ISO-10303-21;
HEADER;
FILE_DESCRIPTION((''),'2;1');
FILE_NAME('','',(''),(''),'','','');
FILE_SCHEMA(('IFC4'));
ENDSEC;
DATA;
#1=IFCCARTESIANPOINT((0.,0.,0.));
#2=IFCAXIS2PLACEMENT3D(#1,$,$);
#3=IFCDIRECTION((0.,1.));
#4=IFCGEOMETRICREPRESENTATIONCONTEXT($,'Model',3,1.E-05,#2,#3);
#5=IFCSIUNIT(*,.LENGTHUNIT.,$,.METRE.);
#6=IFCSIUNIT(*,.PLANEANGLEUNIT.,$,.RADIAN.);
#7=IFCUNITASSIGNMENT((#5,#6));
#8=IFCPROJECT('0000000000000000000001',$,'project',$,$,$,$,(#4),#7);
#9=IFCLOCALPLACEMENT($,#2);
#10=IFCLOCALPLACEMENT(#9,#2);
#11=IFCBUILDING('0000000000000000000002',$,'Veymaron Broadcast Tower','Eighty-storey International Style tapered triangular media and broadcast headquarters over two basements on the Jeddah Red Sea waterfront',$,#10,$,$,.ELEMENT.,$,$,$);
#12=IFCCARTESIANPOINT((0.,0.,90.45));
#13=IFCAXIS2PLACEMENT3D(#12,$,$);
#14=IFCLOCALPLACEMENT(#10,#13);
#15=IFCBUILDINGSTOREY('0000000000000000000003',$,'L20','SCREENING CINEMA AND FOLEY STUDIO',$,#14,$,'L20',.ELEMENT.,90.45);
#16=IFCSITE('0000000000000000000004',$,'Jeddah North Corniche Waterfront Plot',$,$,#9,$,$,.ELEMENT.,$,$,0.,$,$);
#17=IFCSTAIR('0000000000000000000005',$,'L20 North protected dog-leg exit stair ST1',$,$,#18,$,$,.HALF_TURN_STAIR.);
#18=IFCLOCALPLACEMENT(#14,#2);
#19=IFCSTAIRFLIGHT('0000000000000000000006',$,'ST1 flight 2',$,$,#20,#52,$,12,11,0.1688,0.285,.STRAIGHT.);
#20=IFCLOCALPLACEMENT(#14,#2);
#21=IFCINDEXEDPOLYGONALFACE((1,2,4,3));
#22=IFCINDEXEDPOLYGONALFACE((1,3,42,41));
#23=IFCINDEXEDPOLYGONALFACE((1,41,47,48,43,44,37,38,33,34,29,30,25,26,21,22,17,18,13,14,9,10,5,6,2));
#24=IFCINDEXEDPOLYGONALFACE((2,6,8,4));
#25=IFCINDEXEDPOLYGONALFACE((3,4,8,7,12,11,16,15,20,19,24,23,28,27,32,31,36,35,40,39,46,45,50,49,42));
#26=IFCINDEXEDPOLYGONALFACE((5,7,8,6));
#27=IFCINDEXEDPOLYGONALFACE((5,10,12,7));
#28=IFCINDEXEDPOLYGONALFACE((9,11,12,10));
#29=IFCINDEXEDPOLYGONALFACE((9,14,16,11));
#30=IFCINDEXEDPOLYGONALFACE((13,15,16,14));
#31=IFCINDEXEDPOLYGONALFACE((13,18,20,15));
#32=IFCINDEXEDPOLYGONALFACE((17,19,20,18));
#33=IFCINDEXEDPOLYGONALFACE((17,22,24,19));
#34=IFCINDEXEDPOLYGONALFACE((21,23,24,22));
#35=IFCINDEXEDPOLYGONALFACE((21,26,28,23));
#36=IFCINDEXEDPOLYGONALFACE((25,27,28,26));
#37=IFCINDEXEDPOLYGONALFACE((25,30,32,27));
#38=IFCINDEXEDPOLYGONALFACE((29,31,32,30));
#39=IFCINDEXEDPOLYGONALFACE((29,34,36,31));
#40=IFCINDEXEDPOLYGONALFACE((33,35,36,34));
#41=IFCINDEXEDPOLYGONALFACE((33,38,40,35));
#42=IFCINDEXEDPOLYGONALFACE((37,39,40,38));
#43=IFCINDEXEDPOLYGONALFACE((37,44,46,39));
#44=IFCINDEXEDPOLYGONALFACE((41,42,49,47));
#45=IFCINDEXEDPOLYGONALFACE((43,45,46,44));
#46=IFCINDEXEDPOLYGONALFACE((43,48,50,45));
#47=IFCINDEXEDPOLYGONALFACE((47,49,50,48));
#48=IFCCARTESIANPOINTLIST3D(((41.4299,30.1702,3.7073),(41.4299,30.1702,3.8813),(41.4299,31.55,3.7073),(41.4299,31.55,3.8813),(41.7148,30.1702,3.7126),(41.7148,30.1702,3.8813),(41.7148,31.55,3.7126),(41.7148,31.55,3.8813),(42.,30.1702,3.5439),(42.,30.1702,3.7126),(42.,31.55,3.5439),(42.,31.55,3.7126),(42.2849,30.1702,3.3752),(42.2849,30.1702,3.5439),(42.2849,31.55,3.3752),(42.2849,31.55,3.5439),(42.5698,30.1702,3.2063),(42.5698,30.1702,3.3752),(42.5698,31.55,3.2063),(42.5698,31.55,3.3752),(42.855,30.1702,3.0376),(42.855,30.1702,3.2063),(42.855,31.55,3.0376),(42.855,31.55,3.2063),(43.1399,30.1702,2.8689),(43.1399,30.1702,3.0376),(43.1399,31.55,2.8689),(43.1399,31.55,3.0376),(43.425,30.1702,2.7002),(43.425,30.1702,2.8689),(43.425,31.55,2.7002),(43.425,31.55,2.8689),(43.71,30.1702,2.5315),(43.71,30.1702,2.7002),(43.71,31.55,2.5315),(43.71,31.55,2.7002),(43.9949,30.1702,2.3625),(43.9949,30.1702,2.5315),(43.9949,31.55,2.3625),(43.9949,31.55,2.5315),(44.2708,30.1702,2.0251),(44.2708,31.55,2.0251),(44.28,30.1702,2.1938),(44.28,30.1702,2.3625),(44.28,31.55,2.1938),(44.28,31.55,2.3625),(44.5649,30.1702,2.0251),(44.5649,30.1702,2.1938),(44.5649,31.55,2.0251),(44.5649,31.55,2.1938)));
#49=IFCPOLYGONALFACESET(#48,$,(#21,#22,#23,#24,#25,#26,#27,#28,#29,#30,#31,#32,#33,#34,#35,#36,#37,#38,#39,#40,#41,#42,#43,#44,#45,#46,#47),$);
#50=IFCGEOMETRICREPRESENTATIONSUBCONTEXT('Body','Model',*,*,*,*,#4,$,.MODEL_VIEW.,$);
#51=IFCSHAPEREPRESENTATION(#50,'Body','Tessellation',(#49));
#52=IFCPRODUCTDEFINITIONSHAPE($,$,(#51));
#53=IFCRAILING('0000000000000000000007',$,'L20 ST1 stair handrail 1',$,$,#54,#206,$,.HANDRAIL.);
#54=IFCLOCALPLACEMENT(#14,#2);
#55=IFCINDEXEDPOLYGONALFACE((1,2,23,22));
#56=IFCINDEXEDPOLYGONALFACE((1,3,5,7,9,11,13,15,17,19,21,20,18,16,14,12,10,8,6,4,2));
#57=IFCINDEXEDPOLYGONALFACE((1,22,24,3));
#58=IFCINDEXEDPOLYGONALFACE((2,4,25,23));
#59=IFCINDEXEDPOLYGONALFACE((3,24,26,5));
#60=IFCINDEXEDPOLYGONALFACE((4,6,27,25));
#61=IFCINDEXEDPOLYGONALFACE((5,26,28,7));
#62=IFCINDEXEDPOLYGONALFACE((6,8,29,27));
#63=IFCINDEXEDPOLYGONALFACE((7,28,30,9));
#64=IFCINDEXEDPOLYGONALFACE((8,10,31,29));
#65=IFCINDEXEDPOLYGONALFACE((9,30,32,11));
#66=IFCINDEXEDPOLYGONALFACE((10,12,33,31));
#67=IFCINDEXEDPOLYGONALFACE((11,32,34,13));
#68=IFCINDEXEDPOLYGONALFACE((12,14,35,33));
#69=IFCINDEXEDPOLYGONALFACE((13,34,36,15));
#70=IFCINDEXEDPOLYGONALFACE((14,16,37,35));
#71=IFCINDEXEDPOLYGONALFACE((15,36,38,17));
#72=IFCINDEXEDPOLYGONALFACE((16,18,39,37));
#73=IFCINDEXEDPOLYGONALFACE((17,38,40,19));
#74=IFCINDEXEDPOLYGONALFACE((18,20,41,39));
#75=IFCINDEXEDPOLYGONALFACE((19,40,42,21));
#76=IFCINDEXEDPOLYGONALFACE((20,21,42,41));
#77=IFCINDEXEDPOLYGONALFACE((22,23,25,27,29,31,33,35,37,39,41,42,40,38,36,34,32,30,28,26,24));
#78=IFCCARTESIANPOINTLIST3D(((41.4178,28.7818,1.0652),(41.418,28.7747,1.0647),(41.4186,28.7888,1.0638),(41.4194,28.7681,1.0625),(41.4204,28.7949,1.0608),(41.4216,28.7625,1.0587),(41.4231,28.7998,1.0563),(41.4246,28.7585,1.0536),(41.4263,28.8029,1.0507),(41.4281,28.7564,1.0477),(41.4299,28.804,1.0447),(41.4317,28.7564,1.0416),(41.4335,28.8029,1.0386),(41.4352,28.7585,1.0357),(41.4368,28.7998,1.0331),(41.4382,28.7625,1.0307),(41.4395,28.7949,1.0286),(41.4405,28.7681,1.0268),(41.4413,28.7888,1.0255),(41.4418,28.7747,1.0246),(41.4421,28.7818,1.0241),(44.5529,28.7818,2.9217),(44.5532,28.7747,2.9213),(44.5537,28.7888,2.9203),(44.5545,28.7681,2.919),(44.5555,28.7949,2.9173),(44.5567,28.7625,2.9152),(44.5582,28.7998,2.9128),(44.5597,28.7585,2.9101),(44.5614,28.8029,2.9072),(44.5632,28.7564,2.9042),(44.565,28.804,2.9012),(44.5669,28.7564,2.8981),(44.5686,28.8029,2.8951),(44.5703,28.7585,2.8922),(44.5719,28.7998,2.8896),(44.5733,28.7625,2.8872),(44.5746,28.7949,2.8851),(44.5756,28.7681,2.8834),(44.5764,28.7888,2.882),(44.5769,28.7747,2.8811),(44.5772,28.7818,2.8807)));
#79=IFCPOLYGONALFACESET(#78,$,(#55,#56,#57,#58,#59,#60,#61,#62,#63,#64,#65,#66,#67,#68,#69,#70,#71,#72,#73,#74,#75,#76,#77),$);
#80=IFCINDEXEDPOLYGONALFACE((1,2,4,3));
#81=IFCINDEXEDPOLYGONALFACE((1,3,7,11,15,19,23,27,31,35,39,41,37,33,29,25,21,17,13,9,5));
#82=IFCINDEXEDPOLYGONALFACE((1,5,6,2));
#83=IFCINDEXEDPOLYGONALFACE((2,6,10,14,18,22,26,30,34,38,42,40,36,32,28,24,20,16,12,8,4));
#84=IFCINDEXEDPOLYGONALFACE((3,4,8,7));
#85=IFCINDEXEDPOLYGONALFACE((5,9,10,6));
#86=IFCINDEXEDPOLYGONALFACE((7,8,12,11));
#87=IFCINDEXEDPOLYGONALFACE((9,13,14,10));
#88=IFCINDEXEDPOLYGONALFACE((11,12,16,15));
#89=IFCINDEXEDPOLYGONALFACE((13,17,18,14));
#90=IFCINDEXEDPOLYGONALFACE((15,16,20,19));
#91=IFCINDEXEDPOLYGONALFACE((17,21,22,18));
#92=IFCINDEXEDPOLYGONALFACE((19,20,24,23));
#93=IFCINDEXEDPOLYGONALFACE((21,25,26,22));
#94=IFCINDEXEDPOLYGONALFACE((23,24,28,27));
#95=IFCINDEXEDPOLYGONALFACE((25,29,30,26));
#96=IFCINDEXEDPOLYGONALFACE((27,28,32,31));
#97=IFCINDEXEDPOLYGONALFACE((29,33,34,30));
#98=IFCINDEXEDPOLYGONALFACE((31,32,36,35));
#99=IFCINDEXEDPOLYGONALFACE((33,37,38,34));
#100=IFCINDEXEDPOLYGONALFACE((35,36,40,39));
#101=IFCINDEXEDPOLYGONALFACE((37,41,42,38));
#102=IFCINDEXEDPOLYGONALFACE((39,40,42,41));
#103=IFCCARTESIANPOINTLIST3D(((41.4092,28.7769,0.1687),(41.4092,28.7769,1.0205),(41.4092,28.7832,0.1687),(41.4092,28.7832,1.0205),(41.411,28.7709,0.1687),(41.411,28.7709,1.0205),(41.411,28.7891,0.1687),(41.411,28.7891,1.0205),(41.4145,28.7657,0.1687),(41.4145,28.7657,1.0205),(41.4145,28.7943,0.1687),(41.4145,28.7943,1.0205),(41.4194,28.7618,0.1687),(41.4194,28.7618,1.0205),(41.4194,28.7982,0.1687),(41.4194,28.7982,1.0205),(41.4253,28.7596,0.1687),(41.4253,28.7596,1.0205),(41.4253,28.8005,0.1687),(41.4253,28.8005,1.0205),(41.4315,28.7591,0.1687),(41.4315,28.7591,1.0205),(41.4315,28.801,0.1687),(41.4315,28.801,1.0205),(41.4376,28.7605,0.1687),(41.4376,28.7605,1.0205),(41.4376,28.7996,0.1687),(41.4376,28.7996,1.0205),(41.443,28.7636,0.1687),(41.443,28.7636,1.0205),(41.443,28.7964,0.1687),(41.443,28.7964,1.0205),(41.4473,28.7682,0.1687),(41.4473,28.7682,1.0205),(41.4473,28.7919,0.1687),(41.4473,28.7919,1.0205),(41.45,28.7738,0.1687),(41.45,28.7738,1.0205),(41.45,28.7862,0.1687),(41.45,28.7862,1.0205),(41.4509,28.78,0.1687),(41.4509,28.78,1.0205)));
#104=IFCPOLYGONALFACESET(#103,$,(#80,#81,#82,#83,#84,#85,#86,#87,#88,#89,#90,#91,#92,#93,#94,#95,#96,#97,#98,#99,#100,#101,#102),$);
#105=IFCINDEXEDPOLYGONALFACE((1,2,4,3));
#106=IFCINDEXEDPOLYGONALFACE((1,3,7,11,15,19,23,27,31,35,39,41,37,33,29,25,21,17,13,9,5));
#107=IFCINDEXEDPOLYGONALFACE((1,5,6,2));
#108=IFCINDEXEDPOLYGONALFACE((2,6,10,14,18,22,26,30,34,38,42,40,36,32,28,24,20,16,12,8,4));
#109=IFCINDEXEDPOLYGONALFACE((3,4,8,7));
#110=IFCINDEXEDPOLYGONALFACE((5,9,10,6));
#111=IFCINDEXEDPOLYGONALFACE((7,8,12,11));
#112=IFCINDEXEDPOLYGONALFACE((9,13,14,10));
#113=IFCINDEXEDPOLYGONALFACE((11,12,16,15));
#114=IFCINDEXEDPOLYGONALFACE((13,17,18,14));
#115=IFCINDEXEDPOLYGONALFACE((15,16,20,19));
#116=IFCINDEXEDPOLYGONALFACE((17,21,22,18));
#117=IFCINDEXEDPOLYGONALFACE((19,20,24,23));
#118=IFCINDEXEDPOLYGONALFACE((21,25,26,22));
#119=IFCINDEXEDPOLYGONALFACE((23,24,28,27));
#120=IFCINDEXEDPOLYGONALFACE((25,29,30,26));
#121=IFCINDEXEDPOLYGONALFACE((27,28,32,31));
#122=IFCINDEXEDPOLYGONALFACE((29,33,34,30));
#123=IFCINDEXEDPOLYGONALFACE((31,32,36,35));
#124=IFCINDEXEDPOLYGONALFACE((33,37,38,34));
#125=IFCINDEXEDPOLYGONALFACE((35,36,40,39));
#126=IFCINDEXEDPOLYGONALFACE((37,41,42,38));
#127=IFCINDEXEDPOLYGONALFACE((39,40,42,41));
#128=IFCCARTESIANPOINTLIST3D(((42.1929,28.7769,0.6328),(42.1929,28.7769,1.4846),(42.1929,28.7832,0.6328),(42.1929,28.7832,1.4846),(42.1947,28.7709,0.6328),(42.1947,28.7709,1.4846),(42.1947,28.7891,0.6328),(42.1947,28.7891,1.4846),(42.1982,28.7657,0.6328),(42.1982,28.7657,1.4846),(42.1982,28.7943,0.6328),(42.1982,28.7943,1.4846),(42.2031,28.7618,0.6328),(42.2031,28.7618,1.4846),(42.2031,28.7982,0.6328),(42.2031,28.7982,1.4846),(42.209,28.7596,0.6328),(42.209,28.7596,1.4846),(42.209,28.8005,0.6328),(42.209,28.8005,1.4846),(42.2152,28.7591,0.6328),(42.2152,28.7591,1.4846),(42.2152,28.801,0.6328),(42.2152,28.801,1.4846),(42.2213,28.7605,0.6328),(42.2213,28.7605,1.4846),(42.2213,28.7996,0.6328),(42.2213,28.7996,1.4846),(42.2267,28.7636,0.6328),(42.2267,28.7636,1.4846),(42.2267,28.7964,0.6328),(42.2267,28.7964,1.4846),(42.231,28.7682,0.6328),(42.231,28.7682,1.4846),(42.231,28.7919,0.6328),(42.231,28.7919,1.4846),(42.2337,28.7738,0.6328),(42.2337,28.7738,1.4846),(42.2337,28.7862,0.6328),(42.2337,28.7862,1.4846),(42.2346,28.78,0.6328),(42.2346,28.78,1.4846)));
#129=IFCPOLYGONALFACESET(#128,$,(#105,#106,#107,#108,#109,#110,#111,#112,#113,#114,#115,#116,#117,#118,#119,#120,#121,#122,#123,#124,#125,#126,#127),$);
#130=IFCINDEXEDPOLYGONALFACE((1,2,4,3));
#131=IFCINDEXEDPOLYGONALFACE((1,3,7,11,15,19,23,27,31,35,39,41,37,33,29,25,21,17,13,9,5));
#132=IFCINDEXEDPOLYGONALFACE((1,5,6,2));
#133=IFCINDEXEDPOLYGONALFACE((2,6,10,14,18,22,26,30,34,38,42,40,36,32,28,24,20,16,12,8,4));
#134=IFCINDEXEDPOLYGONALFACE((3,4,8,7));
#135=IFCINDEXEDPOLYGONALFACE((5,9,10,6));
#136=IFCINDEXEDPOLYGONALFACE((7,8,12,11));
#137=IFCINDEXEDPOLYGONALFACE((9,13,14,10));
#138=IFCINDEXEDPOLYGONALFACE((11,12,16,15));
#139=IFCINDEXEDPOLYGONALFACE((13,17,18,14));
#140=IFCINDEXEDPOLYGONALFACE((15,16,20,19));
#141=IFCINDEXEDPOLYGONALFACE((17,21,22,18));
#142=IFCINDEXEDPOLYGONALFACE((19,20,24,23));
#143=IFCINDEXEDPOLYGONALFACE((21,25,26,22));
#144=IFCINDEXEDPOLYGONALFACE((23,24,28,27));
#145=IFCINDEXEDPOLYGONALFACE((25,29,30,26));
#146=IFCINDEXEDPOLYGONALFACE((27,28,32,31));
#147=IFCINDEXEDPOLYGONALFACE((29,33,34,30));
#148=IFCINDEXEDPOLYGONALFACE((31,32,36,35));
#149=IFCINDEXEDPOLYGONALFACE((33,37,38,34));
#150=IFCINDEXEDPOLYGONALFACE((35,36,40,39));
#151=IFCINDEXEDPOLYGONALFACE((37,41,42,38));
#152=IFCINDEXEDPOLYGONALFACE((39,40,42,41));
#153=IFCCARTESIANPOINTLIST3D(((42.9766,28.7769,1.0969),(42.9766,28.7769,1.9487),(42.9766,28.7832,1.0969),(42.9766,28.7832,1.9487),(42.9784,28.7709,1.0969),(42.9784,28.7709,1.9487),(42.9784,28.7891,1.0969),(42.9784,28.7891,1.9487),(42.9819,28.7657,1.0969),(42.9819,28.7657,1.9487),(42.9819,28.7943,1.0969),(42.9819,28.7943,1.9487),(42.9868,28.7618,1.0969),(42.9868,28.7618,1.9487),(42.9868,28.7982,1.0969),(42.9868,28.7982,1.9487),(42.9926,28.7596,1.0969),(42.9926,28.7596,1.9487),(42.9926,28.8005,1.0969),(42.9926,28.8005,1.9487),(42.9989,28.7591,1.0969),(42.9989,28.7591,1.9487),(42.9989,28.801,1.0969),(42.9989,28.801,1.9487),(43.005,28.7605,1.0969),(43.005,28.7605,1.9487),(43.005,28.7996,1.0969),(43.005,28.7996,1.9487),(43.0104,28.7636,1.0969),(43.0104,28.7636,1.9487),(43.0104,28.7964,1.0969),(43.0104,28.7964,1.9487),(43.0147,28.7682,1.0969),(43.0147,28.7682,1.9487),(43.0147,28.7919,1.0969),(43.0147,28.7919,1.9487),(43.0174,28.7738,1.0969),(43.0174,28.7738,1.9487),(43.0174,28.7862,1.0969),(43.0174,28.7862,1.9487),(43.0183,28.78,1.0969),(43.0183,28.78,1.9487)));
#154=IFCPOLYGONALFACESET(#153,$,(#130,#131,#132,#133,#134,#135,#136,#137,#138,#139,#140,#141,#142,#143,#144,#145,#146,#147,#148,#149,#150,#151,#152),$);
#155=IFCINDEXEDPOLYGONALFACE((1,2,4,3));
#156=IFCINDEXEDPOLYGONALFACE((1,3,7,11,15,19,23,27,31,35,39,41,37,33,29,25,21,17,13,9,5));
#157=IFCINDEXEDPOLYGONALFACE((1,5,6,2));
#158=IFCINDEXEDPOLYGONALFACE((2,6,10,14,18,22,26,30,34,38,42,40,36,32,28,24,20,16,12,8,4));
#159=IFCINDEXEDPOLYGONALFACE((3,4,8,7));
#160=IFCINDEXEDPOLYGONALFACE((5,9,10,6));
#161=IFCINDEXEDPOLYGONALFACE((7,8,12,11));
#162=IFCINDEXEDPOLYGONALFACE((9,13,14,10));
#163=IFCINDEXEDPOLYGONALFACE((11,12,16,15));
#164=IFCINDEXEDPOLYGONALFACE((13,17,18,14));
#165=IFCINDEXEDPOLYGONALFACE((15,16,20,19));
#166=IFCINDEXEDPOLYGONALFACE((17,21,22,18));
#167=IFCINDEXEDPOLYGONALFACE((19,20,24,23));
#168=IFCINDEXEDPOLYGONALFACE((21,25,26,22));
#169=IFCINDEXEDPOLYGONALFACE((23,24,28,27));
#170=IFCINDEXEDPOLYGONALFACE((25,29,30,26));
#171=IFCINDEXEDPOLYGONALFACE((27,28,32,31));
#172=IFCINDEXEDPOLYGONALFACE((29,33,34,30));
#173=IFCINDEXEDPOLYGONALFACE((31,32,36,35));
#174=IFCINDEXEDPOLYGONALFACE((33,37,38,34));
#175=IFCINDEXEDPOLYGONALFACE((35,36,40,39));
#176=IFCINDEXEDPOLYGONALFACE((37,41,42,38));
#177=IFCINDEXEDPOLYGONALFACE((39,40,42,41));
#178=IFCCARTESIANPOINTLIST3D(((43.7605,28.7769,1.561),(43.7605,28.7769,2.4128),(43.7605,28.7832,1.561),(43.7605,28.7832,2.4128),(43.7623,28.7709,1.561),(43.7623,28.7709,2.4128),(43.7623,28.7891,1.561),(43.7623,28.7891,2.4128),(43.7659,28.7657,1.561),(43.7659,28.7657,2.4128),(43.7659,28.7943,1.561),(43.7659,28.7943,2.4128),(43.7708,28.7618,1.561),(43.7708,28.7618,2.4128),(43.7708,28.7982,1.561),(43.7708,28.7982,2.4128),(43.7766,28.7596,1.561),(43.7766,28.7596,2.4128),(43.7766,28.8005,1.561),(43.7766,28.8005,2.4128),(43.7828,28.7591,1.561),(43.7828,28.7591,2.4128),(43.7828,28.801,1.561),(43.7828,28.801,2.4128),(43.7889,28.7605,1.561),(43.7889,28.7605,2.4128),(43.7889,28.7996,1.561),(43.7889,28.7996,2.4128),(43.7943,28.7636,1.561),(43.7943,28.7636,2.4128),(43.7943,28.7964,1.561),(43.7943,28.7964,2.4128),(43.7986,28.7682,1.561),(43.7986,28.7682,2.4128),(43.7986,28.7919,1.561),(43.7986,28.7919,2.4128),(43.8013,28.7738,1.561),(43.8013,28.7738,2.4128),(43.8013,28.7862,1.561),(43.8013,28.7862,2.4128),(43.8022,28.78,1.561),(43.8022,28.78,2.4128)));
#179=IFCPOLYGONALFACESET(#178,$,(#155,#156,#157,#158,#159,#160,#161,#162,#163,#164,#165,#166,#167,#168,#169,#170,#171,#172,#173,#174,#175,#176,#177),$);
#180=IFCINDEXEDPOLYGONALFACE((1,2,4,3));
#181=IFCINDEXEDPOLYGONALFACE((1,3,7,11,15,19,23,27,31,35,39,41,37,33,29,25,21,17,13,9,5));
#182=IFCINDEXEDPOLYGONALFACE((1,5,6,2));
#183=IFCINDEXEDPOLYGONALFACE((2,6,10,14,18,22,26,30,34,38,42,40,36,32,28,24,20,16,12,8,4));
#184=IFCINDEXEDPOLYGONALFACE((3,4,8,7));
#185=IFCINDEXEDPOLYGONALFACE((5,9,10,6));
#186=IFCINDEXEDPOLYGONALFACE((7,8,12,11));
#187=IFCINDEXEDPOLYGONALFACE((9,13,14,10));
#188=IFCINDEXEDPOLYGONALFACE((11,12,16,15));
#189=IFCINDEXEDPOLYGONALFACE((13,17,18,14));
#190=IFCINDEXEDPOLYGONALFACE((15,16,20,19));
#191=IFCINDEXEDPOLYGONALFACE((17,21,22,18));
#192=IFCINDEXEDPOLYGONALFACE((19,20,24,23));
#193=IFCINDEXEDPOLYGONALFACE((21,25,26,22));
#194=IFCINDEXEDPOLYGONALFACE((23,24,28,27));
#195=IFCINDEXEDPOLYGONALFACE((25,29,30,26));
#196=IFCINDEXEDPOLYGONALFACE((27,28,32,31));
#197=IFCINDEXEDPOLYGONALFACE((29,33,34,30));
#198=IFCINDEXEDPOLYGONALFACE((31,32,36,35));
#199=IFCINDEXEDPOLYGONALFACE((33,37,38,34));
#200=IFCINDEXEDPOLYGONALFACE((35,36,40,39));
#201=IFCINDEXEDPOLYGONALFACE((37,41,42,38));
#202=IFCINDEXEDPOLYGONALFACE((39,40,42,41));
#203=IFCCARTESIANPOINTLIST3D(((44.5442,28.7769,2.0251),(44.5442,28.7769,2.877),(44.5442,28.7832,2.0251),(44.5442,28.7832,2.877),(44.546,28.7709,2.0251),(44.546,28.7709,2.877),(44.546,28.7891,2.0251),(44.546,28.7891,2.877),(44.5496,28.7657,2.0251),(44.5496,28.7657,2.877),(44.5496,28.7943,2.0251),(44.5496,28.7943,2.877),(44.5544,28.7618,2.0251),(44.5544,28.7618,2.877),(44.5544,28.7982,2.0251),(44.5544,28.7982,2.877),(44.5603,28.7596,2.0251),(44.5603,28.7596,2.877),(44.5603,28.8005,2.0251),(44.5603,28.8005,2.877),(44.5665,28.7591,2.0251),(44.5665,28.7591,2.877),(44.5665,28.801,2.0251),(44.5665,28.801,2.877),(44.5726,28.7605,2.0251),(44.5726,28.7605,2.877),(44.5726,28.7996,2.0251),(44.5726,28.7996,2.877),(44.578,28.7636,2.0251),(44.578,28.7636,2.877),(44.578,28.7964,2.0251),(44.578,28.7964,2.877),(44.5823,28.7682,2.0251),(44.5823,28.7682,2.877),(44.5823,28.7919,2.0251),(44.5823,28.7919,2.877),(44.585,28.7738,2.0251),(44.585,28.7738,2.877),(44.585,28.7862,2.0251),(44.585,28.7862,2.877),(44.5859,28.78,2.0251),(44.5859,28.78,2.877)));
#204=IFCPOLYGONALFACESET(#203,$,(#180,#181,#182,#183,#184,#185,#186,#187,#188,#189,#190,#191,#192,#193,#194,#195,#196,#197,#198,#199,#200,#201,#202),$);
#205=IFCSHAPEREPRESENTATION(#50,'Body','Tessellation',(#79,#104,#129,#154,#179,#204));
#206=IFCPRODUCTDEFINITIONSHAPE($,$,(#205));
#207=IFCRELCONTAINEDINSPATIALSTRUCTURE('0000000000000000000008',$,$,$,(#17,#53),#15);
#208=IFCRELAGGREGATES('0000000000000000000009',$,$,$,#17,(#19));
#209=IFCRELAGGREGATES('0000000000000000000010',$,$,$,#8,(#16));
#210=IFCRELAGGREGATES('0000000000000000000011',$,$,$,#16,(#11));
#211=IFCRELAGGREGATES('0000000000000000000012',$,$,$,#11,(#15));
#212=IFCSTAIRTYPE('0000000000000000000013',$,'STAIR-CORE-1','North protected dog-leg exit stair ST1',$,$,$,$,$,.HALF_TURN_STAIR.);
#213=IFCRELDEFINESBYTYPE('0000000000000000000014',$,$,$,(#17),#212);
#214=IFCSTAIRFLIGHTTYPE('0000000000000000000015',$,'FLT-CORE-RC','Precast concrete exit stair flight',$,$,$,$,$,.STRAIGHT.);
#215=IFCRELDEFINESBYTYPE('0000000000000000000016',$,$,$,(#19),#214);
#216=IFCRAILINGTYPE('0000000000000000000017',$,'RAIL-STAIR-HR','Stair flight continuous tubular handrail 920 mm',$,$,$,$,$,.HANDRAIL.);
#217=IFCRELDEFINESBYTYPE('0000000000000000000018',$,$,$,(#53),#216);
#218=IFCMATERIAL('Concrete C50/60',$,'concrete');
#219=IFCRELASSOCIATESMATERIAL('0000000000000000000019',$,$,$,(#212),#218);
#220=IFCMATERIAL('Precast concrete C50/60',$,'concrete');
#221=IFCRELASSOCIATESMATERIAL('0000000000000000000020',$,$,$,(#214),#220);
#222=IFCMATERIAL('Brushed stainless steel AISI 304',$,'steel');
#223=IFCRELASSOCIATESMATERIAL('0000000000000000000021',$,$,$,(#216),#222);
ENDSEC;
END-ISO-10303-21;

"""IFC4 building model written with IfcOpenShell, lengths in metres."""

from ifc_helpers import new_model, si_unit, direction, frame, origin, origin_2d, place, context, subcontext, project, spatial, polyline, circle, outline, extrude, material, type_object, element, aggregate, save


model = new_model("IFC4")

# Units and contexts
model_context = context("Model", 3, precision=1e-05, world=origin(), true_north=direction((0.0, 1.0)))
body_context = subcontext(model_context, "Body", "Model", "MODEL_VIEW")
ifc_project = project(units=[si_unit("LENGTHUNIT", "METRE"), si_unit("PLANEANGLEUNIT", "RADIAN")], contexts=[model_context])

# Site, building, storey
site_placement = place(None, origin())
site = spatial("IfcSite", under=ifc_project, at=site_placement, Name="Jeddah North Corniche Waterfront Plot", CompositionType="ELEMENT", RefElevation=0.0)
building_placement = place(site_placement, origin())
building = spatial("IfcBuilding", under=site, at=building_placement, Name="Veymaron Broadcast Tower", Description="Eighty-storey International Style tapered triangular media and broadcast headquarters over two basements on the Jeddah Red Sea waterfront", CompositionType="ELEMENT")
storey_placement = place(building_placement, frame((0.0, 0.0, 90.45)))
storey = spatial("IfcBuildingStorey", under=building, at=storey_placement, Name="L20", Description="SCREENING CINEMA AND FOLEY STUDIO", LongName="L20", CompositionType="ELEMENT", Elevation=90.45)

# Shared definitions
ifc_material_1 = material(Name="Brushed stainless steel AISI 304", Category="steel")

# Shared definitions
ifc_material_2 = material(Name="Concrete C50/60", Category="concrete")

# Stair, stair flight
stair_type = type_object("IfcStairType", Name="STAIR-CORE-1", Description="North protected dog-leg exit stair ST1", PredefinedType="HALF_TURN_STAIR", material=ifc_material_2)
stair_placement = place(storey_placement, origin())
stair = element("IfcStair", 1, at=stair_placement, inside=storey, type_object=stair_type, Name="L20 North protected dog-leg exit stair ST1", PredefinedType="HALF_TURN_STAIR")
ifc_material_3 = material(Name="Precast concrete C50/60", Category="concrete")
stair_flight_type = type_object("IfcStairFlightType", Name="FLT-CORE-RC", Description="Precast concrete exit stair flight", PredefinedType="STRAIGHT", material=ifc_material_3)
stair_flight_1_placement = place(storey_placement, frame((44.5649, 30.8601, 2.0251), z_axis=(0.0, 0.0, 1.0), x_axis=(-1.0, 0.0, 0.0)))
stair_flight_1 = element("IfcStairFlight", 2, at=stair_flight_1_placement, type_object=stair_flight_type, Name="ST1 flight 2", NumberOfRisers=12, NumberOfTreads=11, PredefinedType="STRAIGHT", RiserHeight=0.1688, TreadLength=0.285, context=body_context, shape_type="SweptSolid", body=[
    extrude(outline(polyline([(0.0, 0.0), (0.0, 0.1687), (0.2849, 0.1687), (0.2849, 0.3374), (0.5701, 0.3374), (0.5701, 0.5063), (0.855, 0.5063), (0.855, 0.675), (1.1399, 0.675), (1.1399, 0.8438), (1.425, 0.8438), (1.425, 1.0125), (1.71, 1.0125), (1.71, 1.1812), (1.9951, 1.1812), (1.9951, 1.3501), (2.28, 1.3501), (2.28, 1.5188), (2.5649, 1.5188), (2.5649, 1.6875), (2.8501, 1.6875), (2.8501, 1.8562), (3.135, 1.8562), (3.135, 2.0249), (3.135, 1.6821), (0.2942, 0.0), (0.0, 0.0)])), frame((0.0, 0.6899, 0.0), z_axis=(0.0, -1.0, 0.0), x_axis=(1.0, 0.0, 0.0)), (0.0, 0.0, 1.0), 1.3799),
])
aggregate(stair, [stair_flight_1])

# Railing
railing_type_1 = type_object("IfcRailingType", Name="RAIL-STAIR-HR", Description="Stair flight continuous tubular handrail 920 mm", PredefinedType="HANDRAIL", material=ifc_material_1)
railing_1_placement = place(storey_placement, frame((41.4299, 28.78, 0.1687)))
element("IfcRailing", 3, at=railing_1_placement, inside=storey, type_object=railing_type_1, Name="L20 ST1 stair handrail 1", PredefinedType="HANDRAIL", context=body_context, shape_type="SweptSolid", body=[
    extrude(circle(Radius=0.0239, at=origin_2d()), frame((0.0, 0.0, 0.876), z_axis=(0.860453, 0.0, 0.509531), x_axis=(0.0, 1.0, 0.0)), (0.0, 0.0, 1.0), 3.6436),
    extrude(circle(Radius=0.021, at=origin_2d()), origin(), (0.0, 0.0, 1.0), 0.8518),
    extrude(circle(Radius=0.021, at=origin_2d()), frame((0.7837, 0.0, 0.4641)), (0.0, 0.0, 1.0), 0.8518),
    extrude(circle(Radius=0.021, at=origin_2d()), frame((1.5674, 0.0, 0.9282)), (0.0, 0.0, 1.0), 0.8518),
    extrude(circle(Radius=0.021, at=origin_2d()), frame((2.3513, 0.0, 1.3923)), (0.0, 0.0, 1.0), 0.8518),
    extrude(circle(Radius=0.021, at=origin_2d()), frame((3.135, 0.0, 1.8564)), (0.0, 0.0, 1.0), 0.8518),
])

save(model, "model.ifc")
